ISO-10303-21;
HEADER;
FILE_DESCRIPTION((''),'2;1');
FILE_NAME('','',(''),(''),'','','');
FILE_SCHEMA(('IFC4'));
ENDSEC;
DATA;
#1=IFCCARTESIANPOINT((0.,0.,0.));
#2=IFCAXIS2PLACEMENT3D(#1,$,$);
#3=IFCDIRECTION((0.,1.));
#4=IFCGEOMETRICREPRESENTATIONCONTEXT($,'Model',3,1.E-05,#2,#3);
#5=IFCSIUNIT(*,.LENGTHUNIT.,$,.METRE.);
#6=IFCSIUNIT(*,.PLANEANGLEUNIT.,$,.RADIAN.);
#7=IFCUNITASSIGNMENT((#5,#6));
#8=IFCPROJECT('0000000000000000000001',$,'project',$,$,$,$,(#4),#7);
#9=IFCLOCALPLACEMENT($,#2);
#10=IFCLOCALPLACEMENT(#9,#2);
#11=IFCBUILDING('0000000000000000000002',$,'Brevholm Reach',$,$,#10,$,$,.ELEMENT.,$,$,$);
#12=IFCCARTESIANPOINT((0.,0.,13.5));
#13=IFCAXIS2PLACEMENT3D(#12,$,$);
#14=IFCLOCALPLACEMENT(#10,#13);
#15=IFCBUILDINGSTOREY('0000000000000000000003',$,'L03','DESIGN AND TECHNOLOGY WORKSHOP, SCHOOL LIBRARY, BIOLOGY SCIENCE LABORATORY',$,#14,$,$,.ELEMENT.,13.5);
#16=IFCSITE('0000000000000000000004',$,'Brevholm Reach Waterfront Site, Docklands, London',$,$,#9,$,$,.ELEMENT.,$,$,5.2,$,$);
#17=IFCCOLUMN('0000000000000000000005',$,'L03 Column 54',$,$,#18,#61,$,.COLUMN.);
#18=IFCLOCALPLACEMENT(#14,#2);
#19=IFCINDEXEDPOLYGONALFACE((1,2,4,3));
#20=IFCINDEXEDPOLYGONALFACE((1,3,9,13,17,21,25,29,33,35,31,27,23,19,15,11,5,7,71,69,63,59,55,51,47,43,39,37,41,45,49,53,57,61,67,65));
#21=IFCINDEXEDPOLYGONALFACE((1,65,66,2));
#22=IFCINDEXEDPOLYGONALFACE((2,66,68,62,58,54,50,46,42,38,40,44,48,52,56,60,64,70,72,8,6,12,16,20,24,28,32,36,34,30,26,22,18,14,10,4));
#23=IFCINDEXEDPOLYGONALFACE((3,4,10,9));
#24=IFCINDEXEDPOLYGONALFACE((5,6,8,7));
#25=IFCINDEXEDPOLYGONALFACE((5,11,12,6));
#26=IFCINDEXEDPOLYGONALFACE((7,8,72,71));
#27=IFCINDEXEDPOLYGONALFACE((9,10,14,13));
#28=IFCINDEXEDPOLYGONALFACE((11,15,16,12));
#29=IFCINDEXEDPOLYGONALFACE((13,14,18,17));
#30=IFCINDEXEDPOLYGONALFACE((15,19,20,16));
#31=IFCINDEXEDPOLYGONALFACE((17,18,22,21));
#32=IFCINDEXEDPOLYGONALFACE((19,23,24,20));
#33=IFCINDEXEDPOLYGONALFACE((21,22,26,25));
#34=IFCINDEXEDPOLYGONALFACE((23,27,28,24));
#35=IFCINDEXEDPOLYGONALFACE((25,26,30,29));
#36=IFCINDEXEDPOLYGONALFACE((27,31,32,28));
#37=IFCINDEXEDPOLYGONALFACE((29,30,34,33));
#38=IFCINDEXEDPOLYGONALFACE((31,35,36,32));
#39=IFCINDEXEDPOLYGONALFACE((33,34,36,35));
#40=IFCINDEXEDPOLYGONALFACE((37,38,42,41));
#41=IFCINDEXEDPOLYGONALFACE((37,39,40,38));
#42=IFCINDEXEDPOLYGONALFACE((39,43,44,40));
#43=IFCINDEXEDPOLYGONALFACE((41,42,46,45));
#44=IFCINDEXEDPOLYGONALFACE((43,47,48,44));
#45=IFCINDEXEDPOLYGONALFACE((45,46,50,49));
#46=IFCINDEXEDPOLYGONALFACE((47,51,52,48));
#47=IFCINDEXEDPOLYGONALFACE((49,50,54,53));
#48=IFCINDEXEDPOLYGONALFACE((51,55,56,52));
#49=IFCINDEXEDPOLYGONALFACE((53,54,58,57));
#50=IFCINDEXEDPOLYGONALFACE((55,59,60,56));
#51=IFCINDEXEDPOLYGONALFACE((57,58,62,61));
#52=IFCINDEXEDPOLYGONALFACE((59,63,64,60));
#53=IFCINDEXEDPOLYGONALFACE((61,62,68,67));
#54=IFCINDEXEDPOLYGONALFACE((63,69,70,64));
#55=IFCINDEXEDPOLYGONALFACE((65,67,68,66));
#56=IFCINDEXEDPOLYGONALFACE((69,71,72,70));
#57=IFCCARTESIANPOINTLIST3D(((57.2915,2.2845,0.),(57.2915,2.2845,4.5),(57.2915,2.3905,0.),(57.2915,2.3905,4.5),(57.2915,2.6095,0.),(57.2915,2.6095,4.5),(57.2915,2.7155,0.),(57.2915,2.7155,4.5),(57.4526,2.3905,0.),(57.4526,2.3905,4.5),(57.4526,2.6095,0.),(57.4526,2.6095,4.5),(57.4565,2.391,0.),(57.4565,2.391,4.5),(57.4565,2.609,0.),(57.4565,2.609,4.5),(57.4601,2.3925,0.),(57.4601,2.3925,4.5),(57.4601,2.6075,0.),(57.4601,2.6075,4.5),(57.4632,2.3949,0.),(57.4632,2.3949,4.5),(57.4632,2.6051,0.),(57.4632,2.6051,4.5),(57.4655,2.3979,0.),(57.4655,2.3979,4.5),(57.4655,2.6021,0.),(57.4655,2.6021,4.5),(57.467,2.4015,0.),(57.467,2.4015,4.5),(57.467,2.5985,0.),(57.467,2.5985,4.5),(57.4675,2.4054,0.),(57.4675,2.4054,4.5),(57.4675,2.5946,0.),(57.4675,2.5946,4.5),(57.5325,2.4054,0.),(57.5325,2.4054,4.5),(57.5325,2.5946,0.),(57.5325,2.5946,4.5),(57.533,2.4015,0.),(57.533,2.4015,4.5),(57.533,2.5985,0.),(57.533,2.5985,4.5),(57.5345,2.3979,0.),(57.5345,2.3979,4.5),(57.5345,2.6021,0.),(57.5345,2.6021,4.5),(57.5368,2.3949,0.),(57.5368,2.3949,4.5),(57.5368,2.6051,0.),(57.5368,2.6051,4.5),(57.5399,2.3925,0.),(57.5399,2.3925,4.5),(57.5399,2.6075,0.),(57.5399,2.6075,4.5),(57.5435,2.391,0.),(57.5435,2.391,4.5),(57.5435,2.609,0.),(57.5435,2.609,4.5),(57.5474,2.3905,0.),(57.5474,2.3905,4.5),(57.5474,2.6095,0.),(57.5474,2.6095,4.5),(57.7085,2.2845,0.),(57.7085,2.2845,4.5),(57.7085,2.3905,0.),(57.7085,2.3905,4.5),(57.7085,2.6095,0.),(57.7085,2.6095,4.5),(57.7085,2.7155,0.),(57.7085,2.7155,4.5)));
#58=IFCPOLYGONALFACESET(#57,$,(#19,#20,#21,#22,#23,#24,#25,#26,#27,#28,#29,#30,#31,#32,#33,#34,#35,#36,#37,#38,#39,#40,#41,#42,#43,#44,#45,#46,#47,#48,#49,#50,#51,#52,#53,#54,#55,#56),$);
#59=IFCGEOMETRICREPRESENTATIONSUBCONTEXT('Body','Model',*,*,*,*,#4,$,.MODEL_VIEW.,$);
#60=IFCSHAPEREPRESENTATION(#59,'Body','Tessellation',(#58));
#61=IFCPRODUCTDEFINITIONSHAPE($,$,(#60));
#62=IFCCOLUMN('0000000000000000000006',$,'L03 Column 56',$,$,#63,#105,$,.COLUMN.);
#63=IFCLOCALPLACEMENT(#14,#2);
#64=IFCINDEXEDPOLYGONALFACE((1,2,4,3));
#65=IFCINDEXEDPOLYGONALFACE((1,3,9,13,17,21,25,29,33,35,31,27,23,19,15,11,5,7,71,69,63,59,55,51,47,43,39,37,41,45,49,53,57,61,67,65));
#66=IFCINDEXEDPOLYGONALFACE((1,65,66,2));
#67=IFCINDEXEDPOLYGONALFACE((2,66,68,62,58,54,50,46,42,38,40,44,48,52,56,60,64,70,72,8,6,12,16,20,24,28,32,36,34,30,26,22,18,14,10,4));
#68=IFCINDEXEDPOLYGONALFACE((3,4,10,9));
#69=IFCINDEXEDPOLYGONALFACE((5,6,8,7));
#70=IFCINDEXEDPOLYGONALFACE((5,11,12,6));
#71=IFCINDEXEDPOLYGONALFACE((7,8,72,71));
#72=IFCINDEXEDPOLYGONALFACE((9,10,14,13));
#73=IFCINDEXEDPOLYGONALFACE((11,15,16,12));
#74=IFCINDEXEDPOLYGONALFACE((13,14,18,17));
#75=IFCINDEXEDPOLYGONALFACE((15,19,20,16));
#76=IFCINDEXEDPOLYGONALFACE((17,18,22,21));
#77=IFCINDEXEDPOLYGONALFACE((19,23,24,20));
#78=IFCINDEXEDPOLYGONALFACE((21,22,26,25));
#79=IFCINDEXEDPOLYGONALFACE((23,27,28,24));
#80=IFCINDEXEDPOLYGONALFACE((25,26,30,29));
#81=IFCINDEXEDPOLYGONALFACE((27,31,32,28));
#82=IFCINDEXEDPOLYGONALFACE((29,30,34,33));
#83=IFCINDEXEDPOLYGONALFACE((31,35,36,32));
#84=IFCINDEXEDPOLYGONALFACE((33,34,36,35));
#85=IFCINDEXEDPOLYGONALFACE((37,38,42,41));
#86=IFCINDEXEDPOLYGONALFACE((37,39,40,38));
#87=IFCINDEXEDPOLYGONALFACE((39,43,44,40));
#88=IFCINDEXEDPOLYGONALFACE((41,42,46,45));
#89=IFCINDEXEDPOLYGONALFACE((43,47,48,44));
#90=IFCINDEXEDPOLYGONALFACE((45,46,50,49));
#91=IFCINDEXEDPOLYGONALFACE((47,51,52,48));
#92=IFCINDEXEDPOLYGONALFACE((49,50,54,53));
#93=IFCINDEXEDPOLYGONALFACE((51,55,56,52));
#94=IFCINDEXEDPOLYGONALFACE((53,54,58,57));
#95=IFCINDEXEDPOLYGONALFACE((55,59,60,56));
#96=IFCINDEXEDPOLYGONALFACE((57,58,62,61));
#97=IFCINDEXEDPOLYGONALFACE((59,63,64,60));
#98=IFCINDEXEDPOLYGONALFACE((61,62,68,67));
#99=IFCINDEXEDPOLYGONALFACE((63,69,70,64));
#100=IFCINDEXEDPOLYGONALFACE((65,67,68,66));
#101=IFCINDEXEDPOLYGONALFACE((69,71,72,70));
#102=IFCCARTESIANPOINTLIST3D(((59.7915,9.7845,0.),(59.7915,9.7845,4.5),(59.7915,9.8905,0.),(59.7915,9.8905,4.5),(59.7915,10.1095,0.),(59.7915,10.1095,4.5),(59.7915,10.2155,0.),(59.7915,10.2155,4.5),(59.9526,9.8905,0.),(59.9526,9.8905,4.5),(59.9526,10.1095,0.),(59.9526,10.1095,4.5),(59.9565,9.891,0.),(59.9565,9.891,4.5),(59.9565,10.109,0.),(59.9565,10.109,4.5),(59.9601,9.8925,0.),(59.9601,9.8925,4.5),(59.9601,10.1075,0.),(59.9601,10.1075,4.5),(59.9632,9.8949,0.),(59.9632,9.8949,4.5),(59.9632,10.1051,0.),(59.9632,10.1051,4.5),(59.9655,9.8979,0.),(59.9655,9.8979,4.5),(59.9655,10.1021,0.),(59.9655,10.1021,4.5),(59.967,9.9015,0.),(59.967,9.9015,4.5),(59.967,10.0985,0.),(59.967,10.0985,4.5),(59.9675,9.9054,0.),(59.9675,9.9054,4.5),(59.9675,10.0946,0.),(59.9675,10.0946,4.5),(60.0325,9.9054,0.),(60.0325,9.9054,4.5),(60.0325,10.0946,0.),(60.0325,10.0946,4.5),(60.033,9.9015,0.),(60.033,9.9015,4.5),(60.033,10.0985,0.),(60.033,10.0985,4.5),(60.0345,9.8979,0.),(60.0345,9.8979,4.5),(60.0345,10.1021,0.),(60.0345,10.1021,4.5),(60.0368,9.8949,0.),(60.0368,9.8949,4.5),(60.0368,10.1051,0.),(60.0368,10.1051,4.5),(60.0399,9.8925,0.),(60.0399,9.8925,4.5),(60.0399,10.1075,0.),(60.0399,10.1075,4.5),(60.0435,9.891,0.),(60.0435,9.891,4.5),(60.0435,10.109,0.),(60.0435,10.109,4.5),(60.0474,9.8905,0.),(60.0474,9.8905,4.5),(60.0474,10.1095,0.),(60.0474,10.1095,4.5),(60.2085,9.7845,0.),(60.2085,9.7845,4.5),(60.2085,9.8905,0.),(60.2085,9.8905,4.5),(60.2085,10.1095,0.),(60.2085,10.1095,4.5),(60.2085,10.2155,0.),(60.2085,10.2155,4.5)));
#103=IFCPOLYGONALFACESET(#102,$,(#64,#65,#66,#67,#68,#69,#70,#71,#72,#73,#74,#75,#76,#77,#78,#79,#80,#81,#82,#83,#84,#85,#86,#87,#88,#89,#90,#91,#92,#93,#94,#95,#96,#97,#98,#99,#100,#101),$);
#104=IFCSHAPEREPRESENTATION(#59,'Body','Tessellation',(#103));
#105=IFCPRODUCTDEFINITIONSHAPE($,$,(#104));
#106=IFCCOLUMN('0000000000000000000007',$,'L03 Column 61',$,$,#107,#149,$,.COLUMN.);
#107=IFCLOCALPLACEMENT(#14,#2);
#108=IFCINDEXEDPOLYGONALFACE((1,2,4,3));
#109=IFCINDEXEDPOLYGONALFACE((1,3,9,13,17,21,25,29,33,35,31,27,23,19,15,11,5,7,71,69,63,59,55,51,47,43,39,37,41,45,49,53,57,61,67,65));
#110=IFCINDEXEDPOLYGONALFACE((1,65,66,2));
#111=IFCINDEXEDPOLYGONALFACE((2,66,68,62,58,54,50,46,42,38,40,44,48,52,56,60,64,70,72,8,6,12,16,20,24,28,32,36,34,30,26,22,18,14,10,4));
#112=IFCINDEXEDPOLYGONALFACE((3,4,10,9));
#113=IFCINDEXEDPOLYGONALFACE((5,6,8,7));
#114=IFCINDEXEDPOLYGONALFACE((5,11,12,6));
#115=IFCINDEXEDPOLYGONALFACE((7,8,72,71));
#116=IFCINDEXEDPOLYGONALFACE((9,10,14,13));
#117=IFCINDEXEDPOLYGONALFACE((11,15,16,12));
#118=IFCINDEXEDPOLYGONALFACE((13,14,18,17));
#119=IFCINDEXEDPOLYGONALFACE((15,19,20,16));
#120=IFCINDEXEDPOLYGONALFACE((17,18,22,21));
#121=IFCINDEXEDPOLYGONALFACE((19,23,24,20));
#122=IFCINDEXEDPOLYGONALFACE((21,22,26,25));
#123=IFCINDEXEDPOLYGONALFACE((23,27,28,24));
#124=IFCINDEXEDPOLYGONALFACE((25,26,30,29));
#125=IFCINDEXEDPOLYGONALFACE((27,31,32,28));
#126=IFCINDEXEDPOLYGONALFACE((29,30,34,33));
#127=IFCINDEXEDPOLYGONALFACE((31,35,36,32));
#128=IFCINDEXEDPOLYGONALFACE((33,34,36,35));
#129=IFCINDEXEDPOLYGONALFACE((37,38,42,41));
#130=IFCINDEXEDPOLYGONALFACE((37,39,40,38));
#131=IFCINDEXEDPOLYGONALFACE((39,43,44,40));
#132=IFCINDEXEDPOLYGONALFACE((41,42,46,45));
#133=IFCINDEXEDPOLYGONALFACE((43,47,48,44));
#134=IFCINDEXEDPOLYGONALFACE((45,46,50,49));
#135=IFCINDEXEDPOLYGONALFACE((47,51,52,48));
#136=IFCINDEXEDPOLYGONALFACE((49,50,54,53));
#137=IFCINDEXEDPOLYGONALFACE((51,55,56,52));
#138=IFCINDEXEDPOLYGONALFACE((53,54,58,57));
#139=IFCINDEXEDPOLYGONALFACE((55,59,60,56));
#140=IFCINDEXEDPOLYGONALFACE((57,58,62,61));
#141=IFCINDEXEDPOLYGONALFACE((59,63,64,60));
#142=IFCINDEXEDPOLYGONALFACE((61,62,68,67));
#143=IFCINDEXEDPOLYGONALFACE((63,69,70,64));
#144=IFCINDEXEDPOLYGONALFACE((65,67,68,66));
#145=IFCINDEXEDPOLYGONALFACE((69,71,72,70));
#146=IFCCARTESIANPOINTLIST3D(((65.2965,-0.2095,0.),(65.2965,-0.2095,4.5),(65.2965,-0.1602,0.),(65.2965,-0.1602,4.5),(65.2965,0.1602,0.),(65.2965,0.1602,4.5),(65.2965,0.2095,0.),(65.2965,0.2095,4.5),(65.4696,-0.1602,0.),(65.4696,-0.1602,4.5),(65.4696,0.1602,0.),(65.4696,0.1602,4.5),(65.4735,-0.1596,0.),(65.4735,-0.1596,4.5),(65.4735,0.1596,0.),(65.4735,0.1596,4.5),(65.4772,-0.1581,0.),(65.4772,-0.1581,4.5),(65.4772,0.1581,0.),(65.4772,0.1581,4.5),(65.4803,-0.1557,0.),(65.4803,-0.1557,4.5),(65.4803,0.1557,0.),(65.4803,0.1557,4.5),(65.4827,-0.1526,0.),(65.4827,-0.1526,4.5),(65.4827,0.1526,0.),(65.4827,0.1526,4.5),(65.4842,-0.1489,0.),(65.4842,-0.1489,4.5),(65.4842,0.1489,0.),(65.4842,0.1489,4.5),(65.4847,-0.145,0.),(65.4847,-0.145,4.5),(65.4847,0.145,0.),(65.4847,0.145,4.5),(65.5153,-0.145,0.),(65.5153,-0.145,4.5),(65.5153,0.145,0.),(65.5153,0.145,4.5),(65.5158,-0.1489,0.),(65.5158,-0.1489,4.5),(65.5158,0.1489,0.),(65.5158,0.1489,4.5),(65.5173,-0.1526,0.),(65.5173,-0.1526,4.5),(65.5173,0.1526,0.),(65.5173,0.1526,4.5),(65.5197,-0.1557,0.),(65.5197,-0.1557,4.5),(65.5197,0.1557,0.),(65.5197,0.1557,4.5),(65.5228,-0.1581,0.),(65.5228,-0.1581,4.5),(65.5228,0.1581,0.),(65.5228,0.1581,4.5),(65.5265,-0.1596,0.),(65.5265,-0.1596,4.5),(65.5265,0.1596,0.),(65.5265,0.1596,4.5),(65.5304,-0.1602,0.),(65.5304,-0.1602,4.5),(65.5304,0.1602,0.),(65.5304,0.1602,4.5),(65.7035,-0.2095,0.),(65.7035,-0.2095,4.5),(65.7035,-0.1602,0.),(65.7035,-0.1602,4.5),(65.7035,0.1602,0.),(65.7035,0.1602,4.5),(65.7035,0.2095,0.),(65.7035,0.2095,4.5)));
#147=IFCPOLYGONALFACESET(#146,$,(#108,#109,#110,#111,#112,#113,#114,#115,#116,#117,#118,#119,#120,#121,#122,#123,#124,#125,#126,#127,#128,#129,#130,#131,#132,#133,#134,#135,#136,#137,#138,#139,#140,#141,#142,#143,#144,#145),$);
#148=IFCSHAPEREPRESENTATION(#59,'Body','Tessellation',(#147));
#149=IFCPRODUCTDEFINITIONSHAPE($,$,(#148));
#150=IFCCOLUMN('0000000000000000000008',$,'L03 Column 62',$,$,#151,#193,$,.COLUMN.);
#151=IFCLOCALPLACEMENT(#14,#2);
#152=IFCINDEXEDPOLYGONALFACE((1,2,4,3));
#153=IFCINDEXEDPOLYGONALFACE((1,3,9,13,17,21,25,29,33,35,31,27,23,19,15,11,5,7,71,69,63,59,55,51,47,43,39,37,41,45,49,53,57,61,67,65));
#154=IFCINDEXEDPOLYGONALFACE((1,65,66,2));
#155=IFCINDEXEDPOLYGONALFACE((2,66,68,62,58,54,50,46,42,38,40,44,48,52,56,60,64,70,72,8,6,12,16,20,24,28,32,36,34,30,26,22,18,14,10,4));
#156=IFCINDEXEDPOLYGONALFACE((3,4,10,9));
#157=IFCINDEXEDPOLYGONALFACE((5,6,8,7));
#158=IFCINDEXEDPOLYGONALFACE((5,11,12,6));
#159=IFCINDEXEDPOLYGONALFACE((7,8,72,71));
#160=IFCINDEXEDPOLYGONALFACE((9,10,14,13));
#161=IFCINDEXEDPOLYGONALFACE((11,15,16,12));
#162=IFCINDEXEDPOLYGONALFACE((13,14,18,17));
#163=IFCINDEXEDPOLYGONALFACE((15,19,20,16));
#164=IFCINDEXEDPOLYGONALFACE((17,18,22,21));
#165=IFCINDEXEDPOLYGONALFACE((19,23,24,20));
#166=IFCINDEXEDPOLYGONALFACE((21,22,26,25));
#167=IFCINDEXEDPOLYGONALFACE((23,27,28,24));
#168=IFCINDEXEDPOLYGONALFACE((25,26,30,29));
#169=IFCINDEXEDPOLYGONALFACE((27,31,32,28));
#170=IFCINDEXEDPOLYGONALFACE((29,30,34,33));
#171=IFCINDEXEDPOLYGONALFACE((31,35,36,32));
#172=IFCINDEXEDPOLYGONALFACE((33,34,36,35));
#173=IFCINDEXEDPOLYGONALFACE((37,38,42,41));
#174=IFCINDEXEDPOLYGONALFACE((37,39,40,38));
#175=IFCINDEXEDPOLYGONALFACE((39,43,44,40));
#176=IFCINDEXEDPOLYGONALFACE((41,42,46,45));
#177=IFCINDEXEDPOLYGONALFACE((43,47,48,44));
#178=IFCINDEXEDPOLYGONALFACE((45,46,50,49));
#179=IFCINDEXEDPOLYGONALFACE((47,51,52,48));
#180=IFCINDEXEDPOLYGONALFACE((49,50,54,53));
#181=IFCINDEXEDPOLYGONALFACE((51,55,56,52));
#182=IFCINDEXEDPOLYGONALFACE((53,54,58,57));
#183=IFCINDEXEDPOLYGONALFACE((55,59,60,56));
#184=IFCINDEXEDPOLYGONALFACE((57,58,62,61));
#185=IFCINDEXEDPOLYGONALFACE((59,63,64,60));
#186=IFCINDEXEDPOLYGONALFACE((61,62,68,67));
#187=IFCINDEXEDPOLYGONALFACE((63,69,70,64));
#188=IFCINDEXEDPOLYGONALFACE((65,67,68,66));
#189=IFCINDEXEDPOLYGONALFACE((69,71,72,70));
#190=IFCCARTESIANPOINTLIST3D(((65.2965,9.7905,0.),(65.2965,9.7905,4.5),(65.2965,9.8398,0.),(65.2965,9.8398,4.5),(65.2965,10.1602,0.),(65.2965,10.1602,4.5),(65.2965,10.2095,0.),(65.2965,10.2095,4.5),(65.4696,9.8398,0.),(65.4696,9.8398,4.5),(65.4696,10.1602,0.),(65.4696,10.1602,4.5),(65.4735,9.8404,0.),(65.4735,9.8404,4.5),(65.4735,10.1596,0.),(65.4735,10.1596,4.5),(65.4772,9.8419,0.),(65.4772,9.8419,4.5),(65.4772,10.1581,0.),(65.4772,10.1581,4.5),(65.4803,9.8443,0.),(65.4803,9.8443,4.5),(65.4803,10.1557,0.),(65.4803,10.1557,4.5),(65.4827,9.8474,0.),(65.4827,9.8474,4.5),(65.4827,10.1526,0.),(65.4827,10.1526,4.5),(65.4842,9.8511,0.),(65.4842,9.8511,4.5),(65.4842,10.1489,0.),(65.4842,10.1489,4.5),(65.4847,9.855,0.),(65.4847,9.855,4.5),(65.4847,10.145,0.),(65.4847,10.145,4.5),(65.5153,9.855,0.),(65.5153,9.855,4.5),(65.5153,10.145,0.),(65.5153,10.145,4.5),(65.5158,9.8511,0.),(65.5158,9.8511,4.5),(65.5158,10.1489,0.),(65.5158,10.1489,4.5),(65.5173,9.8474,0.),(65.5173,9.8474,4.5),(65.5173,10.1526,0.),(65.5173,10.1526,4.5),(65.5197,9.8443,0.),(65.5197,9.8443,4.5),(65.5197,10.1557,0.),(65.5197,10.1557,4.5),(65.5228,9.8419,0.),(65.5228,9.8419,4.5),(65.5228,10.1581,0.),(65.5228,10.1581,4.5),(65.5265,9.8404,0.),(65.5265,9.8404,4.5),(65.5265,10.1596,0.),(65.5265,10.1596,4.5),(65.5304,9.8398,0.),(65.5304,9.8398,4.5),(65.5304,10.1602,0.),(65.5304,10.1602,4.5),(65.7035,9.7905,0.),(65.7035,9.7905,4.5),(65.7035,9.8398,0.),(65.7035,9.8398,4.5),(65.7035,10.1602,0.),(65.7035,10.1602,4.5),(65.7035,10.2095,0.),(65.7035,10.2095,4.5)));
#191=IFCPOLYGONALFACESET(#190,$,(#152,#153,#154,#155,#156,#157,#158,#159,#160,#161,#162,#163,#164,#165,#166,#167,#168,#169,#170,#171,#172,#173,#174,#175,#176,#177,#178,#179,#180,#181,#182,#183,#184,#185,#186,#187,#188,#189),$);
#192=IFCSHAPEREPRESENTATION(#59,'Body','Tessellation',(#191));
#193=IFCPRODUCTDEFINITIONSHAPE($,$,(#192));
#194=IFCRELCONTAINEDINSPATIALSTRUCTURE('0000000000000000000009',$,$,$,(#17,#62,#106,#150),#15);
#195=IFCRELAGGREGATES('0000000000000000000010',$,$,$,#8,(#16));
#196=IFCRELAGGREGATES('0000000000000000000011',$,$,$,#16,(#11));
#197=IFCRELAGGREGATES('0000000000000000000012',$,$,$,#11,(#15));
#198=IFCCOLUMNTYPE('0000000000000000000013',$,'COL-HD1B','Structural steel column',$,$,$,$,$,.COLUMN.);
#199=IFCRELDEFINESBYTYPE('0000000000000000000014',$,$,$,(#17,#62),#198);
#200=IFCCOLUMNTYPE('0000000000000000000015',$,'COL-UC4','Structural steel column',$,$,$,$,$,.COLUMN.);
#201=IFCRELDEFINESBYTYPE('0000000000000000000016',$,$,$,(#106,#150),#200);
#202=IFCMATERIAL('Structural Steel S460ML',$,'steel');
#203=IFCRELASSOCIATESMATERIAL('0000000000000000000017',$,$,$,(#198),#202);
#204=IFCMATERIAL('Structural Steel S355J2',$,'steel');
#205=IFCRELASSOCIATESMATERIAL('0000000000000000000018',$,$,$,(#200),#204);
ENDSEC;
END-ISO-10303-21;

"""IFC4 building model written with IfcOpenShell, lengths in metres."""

from ifc_helpers import new_model, si_unit, direction, frame, origin, origin_2d, place, context, subcontext, project, spatial, i_section, extrude, material, material_profile, profile_set, type_object, element, save


model = new_model("IFC4")

# Units and contexts
model_context = context("Model", 3, precision=1e-05, world=origin(), true_north=direction((0.0, 1.0)))
body_context = subcontext(model_context, "Body", "Model", "MODEL_VIEW")
ifc_project = project(units=[si_unit("LENGTHUNIT", "METRE"), si_unit("PLANEANGLEUNIT", "RADIAN")], contexts=[model_context])

# Site, building, storey
site_placement = place(None, origin())
site = spatial("IfcSite", under=ifc_project, at=site_placement, Name="Brevholm Reach Waterfront Site, Docklands, London", CompositionType="ELEMENT", RefElevation=5.2)
building_placement = place(site_placement, origin())
building = spatial("IfcBuilding", under=site, at=building_placement, Name="Brevholm Reach", CompositionType="ELEMENT")
storey_placement = place(building_placement, frame((0.0, 0.0, 13.5)))
storey = spatial("IfcBuildingStorey", under=building, at=storey_placement, Name="L03", Description="DESIGN AND TECHNOLOGY WORKSHOP, SCHOOL LIBRARY, BIOLOGY SCIENCE LABORATORY", CompositionType="ELEMENT", Elevation=13.5)

# Columns
ifc_material_1 = material(Name="Structural Steel S460ML", Category="steel")
ifc_material_profile_1 = material_profile(ifc_material_1, i_section(OverallWidth=0.417, OverallDepth=0.4309, WebThickness=0.0649, FlangeThickness=0.106, FilletRadius=0.0149, at=origin_2d()), Name="HD 400x900")
ifc_profile_set_1 = profile_set([ifc_material_profile_1], Name="Structural Steel S460ML")
column_type_1 = type_object("IfcColumnType", Name="COL-HD1B", Description="Structural steel column", PredefinedType="COLUMN", material=ifc_profile_set_1)
for number, where, z_axis, x_axis, name in (
    (1, (57.5, 2.5, 0.0), (0.0, 0.0, 1.0), (1.0, 0.0, 0.0), "L03 Column 54"),
    (2, (60.0, 10.0, 0.0), (0.0, 0.0, 1.0), (1.0, 0.0, 0.0), "L03 Column 56"),
):
    element("IfcColumn", number, at=place(storey_placement, frame(where, z_axis=z_axis, x_axis=x_axis)), inside=storey, type_object=column_type_1, Name=name, PredefinedType="COLUMN", context=body_context, shape_type="SweptSolid", body=[
        extrude(i_section(OverallWidth=0.417, OverallDepth=0.4309, WebThickness=0.0649, FlangeThickness=0.106, FilletRadius=0.0149, at=origin_2d()), origin(), (0.0, 0.0, 1.0), 4.5),
    ])
ifc_material_2 = material(Name="Structural Steel S355J2", Category="steel")
ifc_material_profile_2 = material_profile(ifc_material_2, i_section(OverallWidth=0.407, OverallDepth=0.4189, WebThickness=0.0305, FlangeThickness=0.0493, FilletRadius=0.0151, at=origin_2d()), Name="UKC 356x406x393")
ifc_profile_set_2 = profile_set([ifc_material_profile_2], Name="Structural Steel S355J2")
column_type_2 = type_object("IfcColumnType", Name="COL-UC4", Description="Structural steel column", PredefinedType="COLUMN", material=ifc_profile_set_2)
for number, where, z_axis, x_axis, name in (
    (3, (65.5, 0.0, 0.0), (0.0, 0.0, 1.0), (1.0, 0.0, 0.0), "L03 Column 61"),
    (4, (65.5, 10.0, 0.0), (0.0, 0.0, 1.0), (1.0, 0.0, 0.0), "L03 Column 62"),
):
    element("IfcColumn", number, at=place(storey_placement, frame(where, z_axis=z_axis, x_axis=x_axis)), inside=storey, type_object=column_type_2, Name=name, PredefinedType="COLUMN", context=body_context, shape_type="SweptSolid", body=[
        extrude(i_section(OverallWidth=0.407, OverallDepth=0.4189, WebThickness=0.0305, FlangeThickness=0.0493, FilletRadius=0.0151, at=origin_2d()), origin(), (0.0, 0.0, 1.0), 4.5),
    ])

save(model, "model.ifc")
